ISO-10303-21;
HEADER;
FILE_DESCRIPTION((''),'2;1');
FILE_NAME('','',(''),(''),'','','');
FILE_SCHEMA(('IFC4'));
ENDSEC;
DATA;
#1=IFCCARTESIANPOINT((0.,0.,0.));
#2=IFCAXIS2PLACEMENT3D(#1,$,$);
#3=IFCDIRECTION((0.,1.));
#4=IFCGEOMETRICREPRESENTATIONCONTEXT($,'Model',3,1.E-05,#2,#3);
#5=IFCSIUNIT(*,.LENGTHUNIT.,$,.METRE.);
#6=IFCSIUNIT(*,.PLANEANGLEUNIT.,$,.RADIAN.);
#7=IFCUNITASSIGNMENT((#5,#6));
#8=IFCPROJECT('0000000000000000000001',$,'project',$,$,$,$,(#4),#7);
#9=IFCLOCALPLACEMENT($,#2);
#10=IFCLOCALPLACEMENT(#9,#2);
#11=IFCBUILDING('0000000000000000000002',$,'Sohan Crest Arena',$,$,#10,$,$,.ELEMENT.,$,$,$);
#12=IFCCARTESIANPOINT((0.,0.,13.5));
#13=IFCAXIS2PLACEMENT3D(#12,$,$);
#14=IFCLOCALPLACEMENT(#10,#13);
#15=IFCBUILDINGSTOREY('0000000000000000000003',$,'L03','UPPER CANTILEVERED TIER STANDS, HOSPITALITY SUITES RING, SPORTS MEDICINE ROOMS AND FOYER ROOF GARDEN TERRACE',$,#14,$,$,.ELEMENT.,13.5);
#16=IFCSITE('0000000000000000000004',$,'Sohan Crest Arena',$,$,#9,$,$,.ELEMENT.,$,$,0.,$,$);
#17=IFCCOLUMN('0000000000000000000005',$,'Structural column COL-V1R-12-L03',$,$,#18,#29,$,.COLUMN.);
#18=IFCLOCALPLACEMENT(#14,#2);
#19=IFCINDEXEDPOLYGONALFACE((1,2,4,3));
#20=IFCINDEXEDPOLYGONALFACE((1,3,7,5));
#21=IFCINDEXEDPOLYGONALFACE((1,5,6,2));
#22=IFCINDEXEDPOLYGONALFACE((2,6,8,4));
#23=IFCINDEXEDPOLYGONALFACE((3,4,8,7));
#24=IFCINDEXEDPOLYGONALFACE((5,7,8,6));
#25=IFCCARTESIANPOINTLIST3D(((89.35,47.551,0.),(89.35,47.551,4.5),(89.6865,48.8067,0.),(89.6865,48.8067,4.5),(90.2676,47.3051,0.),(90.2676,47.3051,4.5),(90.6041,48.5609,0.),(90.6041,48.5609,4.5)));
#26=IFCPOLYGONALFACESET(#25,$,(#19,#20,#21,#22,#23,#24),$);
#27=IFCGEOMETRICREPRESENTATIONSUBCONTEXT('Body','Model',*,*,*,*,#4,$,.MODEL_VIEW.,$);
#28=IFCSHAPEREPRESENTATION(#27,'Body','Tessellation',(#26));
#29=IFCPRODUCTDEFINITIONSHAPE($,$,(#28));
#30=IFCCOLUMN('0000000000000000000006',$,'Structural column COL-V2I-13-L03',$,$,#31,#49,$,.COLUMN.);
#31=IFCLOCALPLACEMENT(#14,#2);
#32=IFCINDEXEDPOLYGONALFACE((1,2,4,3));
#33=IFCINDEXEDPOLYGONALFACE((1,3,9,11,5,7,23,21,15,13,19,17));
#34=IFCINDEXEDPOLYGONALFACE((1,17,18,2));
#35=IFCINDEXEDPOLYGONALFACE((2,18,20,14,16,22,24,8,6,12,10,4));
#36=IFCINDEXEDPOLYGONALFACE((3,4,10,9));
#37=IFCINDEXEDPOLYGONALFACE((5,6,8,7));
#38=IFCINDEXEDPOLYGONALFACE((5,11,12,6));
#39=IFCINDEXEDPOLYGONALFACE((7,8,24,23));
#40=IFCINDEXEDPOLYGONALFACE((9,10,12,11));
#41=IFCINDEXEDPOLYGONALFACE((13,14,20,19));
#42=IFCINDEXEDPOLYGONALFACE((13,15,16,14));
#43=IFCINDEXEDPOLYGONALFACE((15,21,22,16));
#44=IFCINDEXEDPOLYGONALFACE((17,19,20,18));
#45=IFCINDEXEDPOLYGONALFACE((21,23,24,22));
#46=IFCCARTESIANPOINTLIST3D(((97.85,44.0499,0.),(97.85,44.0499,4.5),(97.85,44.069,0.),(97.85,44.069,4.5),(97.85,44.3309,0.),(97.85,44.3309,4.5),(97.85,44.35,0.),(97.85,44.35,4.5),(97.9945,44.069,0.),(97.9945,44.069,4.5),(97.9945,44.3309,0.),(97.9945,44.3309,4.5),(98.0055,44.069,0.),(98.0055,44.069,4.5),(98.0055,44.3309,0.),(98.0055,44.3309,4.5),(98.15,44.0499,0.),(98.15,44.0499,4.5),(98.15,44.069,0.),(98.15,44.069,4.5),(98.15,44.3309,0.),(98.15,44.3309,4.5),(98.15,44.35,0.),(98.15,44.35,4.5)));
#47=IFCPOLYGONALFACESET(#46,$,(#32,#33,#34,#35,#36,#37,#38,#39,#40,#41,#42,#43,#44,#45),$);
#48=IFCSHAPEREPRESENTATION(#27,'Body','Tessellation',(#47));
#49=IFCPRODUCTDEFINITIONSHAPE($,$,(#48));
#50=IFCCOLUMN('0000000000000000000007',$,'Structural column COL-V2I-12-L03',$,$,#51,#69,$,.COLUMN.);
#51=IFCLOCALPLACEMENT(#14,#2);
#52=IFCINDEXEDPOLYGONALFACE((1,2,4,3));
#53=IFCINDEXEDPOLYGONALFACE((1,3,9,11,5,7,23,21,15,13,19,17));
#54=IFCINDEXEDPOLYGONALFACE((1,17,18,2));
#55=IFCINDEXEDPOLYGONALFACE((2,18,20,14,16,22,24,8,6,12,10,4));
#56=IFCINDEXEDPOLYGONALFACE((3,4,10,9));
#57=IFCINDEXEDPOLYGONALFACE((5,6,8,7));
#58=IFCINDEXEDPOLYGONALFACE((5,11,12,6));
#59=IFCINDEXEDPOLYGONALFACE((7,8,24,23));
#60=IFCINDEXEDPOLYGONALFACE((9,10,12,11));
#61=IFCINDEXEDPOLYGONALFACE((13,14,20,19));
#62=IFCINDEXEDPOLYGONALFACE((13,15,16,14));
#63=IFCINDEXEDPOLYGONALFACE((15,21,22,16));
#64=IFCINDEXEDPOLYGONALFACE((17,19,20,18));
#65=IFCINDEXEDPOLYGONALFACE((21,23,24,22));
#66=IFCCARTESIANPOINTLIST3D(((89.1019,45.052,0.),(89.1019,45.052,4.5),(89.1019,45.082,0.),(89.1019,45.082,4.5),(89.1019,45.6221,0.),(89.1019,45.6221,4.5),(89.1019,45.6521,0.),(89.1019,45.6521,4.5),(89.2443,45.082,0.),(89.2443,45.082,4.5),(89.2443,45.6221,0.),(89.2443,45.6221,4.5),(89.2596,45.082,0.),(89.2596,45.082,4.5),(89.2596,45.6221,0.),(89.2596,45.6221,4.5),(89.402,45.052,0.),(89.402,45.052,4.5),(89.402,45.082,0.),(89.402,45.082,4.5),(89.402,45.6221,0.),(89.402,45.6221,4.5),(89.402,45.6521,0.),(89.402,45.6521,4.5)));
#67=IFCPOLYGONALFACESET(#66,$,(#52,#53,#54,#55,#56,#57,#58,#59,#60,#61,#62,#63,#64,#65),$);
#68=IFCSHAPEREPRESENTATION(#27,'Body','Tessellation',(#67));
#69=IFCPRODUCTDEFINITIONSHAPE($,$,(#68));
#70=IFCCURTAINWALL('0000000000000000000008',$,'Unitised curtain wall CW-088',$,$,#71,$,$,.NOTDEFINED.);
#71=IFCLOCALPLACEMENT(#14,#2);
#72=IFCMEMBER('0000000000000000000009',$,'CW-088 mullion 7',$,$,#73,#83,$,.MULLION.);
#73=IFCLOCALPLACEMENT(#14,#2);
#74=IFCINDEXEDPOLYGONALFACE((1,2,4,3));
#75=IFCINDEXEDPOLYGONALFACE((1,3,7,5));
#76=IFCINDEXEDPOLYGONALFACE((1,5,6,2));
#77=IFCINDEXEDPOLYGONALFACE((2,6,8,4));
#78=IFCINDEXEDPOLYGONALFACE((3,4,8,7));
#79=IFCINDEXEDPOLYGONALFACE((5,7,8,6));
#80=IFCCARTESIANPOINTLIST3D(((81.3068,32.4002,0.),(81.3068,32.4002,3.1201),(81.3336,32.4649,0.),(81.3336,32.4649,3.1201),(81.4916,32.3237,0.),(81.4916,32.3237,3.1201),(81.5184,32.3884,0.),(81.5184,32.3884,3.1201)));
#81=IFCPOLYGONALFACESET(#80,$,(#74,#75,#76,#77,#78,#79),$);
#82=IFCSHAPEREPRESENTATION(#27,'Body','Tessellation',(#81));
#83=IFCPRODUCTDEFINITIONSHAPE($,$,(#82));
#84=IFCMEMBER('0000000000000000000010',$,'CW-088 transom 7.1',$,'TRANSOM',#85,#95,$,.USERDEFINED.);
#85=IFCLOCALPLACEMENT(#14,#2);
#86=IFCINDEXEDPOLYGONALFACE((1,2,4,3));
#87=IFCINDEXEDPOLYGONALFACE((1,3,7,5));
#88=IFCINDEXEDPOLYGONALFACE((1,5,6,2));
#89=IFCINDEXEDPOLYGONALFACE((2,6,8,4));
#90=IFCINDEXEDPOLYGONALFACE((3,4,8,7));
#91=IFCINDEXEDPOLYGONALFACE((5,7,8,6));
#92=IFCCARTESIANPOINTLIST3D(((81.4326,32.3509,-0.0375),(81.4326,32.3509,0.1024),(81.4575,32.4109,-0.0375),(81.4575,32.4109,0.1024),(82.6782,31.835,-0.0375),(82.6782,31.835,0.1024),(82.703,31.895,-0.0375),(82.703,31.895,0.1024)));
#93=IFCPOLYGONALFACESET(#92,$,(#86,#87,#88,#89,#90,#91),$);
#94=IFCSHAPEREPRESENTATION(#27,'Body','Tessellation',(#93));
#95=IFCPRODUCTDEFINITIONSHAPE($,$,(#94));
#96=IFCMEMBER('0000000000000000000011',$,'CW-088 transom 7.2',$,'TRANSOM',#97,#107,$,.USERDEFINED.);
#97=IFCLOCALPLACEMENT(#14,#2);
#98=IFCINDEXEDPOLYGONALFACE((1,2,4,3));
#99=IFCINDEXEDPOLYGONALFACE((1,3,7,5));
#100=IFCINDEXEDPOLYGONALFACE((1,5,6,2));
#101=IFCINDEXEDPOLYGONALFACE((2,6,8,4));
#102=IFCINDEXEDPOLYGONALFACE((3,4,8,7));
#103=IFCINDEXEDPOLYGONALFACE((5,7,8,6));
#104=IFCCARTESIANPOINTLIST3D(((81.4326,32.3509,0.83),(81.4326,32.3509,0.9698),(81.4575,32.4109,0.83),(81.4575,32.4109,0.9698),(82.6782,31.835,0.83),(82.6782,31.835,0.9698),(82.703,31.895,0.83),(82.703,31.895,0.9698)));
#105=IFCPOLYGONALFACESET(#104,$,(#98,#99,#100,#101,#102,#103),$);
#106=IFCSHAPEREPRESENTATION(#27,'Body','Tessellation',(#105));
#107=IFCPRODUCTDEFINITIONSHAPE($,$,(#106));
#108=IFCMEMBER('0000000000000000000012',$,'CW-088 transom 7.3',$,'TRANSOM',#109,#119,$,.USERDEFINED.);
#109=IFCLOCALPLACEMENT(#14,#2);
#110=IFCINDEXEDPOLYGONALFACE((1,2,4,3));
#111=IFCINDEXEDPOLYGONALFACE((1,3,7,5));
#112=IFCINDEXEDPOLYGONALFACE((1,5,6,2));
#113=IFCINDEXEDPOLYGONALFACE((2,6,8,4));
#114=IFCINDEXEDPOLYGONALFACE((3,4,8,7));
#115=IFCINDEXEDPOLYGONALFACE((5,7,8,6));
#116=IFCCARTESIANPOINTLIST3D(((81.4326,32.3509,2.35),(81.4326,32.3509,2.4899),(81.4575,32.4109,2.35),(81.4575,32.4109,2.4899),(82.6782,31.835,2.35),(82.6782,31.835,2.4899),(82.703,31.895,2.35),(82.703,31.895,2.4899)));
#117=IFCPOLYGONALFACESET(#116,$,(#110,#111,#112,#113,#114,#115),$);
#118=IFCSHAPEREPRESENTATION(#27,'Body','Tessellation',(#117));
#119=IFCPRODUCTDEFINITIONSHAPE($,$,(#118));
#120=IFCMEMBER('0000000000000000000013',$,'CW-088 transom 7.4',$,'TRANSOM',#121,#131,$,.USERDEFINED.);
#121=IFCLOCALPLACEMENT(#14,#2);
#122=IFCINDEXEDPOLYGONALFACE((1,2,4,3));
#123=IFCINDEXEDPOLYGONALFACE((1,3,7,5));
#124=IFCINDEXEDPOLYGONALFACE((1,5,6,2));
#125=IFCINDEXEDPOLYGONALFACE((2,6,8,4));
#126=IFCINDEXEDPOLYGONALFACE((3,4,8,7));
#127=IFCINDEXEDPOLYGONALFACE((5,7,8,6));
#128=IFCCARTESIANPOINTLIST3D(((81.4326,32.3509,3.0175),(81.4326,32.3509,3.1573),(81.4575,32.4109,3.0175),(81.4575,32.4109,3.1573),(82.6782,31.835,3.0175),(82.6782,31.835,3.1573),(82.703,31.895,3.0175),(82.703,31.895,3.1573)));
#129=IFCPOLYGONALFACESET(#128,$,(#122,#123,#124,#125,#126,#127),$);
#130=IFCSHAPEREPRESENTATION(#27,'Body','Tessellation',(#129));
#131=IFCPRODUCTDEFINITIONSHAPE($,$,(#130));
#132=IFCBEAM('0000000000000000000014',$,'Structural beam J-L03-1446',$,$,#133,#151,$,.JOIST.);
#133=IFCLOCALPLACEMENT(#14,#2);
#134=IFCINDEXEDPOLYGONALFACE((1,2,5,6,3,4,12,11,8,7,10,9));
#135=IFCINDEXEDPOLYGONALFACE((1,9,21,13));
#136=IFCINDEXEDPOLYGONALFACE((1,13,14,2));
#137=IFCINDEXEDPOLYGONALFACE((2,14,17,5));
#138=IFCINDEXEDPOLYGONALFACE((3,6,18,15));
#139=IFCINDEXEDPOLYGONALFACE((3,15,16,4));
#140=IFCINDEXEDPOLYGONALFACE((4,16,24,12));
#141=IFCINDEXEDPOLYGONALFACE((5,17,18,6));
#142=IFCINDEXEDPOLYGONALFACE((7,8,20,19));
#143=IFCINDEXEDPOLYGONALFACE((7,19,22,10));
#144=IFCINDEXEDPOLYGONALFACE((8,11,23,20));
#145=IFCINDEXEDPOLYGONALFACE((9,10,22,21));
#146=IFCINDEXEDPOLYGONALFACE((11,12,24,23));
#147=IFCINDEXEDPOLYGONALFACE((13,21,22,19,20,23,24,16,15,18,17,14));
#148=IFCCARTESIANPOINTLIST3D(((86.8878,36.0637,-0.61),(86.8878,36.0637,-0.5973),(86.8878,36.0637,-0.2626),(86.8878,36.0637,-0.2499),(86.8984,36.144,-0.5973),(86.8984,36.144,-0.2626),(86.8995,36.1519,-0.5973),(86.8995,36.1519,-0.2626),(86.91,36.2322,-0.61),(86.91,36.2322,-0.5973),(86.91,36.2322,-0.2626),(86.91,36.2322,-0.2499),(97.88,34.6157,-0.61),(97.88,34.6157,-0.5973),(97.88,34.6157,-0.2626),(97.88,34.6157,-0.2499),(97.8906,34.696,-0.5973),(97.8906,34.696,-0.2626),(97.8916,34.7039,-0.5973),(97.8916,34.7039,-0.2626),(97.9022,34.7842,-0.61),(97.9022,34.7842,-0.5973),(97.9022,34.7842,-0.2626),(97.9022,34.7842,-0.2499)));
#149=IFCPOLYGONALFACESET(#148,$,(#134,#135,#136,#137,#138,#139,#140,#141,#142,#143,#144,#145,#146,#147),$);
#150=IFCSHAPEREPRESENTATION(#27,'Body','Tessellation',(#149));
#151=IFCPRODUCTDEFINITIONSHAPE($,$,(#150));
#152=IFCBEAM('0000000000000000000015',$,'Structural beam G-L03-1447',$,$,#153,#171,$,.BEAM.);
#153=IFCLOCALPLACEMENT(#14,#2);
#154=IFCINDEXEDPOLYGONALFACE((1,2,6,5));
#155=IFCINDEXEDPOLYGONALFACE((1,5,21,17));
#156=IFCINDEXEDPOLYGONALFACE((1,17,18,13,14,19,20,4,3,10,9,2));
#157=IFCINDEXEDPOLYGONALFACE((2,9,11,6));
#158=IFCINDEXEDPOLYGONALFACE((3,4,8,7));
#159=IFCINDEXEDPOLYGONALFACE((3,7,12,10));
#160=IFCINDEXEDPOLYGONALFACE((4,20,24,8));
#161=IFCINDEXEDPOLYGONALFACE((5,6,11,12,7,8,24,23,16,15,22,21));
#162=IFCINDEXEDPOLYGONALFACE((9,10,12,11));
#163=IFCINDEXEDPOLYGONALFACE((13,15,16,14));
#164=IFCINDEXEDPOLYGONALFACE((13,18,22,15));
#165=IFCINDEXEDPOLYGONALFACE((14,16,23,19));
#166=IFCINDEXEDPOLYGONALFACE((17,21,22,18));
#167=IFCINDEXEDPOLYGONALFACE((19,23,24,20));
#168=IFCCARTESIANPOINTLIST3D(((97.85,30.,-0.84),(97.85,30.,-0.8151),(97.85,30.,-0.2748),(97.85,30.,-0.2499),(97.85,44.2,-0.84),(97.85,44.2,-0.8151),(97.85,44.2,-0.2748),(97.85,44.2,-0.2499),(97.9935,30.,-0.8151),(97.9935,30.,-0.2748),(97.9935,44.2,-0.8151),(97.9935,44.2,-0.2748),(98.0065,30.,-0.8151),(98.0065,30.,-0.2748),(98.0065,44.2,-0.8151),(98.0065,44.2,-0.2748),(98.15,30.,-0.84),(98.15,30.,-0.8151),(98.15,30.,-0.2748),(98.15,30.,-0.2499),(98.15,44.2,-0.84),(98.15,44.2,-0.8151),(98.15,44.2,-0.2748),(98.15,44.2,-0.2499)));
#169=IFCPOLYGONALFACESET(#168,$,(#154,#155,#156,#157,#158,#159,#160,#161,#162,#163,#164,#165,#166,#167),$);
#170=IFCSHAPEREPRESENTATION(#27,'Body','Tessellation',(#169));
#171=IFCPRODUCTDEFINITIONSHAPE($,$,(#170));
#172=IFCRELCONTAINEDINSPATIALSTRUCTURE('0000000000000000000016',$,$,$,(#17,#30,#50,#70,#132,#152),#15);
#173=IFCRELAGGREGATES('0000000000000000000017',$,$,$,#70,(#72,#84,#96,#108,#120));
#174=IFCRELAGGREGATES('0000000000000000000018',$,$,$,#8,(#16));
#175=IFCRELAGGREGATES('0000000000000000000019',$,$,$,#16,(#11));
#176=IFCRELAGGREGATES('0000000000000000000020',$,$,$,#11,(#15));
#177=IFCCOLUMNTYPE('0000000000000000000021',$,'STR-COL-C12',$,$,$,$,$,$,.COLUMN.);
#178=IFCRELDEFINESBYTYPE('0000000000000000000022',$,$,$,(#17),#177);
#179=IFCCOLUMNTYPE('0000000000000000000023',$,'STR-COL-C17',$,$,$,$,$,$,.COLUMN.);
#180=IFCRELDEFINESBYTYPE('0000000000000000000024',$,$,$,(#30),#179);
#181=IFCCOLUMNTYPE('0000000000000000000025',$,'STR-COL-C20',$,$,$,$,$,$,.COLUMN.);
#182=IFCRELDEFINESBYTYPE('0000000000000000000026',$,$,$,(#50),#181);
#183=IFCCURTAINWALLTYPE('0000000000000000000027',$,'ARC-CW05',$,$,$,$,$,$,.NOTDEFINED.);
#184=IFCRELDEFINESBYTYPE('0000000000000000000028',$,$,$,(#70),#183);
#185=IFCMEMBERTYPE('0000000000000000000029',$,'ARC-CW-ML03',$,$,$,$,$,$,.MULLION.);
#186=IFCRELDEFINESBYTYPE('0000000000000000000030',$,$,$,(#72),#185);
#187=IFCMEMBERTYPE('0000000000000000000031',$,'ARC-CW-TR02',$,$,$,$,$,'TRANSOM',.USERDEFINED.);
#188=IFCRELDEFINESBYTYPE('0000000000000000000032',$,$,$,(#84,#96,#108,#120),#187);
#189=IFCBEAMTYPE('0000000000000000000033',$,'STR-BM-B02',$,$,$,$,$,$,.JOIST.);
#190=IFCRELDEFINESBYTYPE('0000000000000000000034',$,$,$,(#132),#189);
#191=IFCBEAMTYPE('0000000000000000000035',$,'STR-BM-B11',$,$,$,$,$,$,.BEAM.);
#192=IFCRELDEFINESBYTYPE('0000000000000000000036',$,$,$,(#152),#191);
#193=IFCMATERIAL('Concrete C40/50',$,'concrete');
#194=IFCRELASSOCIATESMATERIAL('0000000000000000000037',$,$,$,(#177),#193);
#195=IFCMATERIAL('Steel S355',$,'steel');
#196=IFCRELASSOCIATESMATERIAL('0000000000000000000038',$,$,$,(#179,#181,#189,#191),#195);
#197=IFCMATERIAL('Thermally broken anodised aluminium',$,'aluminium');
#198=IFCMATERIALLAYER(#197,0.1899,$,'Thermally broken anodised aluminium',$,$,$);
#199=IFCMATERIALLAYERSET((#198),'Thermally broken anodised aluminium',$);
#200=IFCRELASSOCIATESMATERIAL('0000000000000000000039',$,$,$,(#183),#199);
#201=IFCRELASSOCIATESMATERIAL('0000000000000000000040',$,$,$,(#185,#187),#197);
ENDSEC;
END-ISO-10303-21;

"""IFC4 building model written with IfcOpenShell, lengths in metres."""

from ifc_helpers import new_model, si_unit, direction, frame, origin, origin_2d, place, context, subcontext, project, spatial, rectangle, i_section, extrude, material, layer, layer_set, material_profile, profile_set, type_object, element, aggregate, save


model = new_model("IFC4")

# Units and contexts
model_context = context("Model", 3, precision=1e-05, world=origin(), true_north=direction((0.0, 1.0)))
body_context = subcontext(model_context, "Body", "Model", "MODEL_VIEW")
ifc_project = project(units=[si_unit("LENGTHUNIT", "METRE"), si_unit("PLANEANGLEUNIT", "RADIAN")], contexts=[model_context])

# Site, building, storey
site_placement = place(None, origin())
site = spatial("IfcSite", under=ifc_project, at=site_placement, Name="Sohan Crest Arena", CompositionType="ELEMENT", RefElevation=0.0)
building_placement = place(site_placement, origin())
building = spatial("IfcBuilding", under=site, at=building_placement, Name="Sohan Crest Arena", CompositionType="ELEMENT")
storey_placement = place(building_placement, frame((0.0, 0.0, 13.5)))
storey = spatial("IfcBuildingStorey", under=building, at=storey_placement, Name="L03", Description="UPPER CANTILEVERED TIER STANDS, HOSPITALITY SUITES RING, SPORTS MEDICINE ROOMS AND FOYER ROOF GARDEN TERRACE", CompositionType="ELEMENT", Elevation=13.5)

# Columns
ifc_material_1 = material(Name="Concrete C40/50", Category="concrete")
ifc_material_profile_1 = material_profile(ifc_material_1, rectangle(XDim=1.3, YDim=0.95, at=origin_2d()), Name="RC 1300x950")
ifc_profile_set_1 = profile_set([ifc_material_profile_1], Name="Concrete C40/50")
column_type_1 = type_object("IfcColumnType", Name="STR-COL-C12", PredefinedType="COLUMN", material=ifc_profile_set_1)
column_1_placement = place(storey_placement, frame((89.9771, 48.0559, 0.0), z_axis=(0.0, 0.0, 1.0), x_axis=(0.258819, 0.965926, 0.0)))
element("IfcColumn", 1, at=column_1_placement, inside=storey, type_object=column_type_1, Name="Structural column COL-V1R-12-L03", PredefinedType="COLUMN", context=body_context, shape_type="SweptSolid", body=[
    extrude(rectangle(XDim=1.3, YDim=0.95, at=origin_2d()), origin(), (0.0, 0.0, 1.0), 4.5),
])
ifc_material_2 = material(Name="Steel S355", Category="steel")
ifc_material_profile_2 = material_profile(ifc_material_2, i_section(OverallWidth=0.3, OverallDepth=0.3, WebThickness=0.011, FlangeThickness=0.019, at=origin_2d()), Name="HEB 300")
ifc_profile_set_2 = profile_set([ifc_material_profile_2], Name="Steel S355")
column_type_2 = type_object("IfcColumnType", Name="STR-COL-C17", PredefinedType="COLUMN", material=ifc_profile_set_2)
column_2_placement = place(storey_placement, frame((98.0, 44.2, 0.0), z_axis=(0.0, 0.0, 1.0), x_axis=(1.0, 0.0, 0.0)))
element("IfcColumn", 2, at=column_2_placement, inside=storey, type_object=column_type_2, Name="Structural column COL-V2I-13-L03", PredefinedType="COLUMN", context=body_context, shape_type="SweptSolid", body=[
    extrude(i_section(OverallWidth=0.3, OverallDepth=0.3, WebThickness=0.011, FlangeThickness=0.019, at=origin_2d()), origin(), (0.0, 0.0, 1.0), 4.5),
])
ifc_material_profile_3 = material_profile(ifc_material_2, i_section(OverallWidth=0.3, OverallDepth=0.6001, WebThickness=0.0154, FlangeThickness=0.03, at=origin_2d()), Name="HEB 600")
ifc_profile_set_3 = profile_set([ifc_material_profile_3], Name="Steel S355")
column_type_3 = type_object("IfcColumnType", Name="STR-COL-C20", PredefinedType="COLUMN", material=ifc_profile_set_3)
column_3_placement = place(storey_placement, frame((89.252, 45.3521, 0.0), z_axis=(0.0, 0.0, 1.0), x_axis=(1.0, 0.0, 0.0)))
element("IfcColumn", 3, at=column_3_placement, inside=storey, type_object=column_type_3, Name="Structural column COL-V2I-12-L03", PredefinedType="COLUMN", context=body_context, shape_type="SweptSolid", body=[
    extrude(i_section(OverallWidth=0.3, OverallDepth=0.6001, WebThickness=0.0154, FlangeThickness=0.03, at=origin_2d()), origin(), (0.0, 0.0, 1.0), 4.5),
])

# Curtain wall, members
ifc_material_3 = material(Name="Thermally broken anodised aluminium", Category="aluminium")
ifc_layer_1 = layer(ifc_material_3, 0.1899, Name="Thermally broken anodised aluminium")
ifc_layer_set_1 = layer_set([ifc_layer_1], Name="Thermally broken anodised aluminium")
curtain_wall_type = type_object("IfcCurtainWallType", Name="ARC-CW05", PredefinedType="NOTDEFINED", material=ifc_layer_set_1)
curtain_wall_placement = place(storey_placement, origin())
curtain_wall = element("IfcCurtainWall", 4, at=curtain_wall_placement, inside=storey, type_object=curtain_wall_type, Name="Unitised curtain wall CW-088", PredefinedType="NOTDEFINED")
ifc_material_profile_4 = material_profile(ifc_material_3, rectangle(XDim=0.0701, YDim=0.2, at=origin_2d()), Name="ALU-MULL 70x200")
ifc_profile_set_4 = profile_set([ifc_material_profile_4], Name="Thermally broken anodised aluminium")
member_type_1 = type_object("IfcMemberType", Name="ARC-CW-ML03", PredefinedType="MULLION", material=ifc_profile_set_4)
member_1_placement = place(storey_placement, frame((81.4126, 32.3943, 0.0), z_axis=(0.0, 0.0, 1.0), x_axis=(0.382668, 0.923886, 0.0)))
member_1 = element("IfcMember", 5, at=member_1_placement, type_object=member_type_1, Name="CW-088 mullion 7", PredefinedType="MULLION", context=body_context, shape_type="SweptSolid", body=[
    extrude(rectangle(XDim=0.0701, YDim=0.2, at=origin_2d()), origin(), (0.0, 0.0, 1.0), 3.1201),
])
ifc_material_profile_5 = material_profile(ifc_material_3, rectangle(XDim=0.0649, YDim=0.1399, at=origin_2d()), Name="ALU-TRAN 65x140")
ifc_profile_set_5 = profile_set([ifc_material_profile_5], Name="Thermally broken anodised aluminium")
member_type_2 = type_object("IfcMemberType", Name="ARC-CW-TR02", ElementType="TRANSOM", PredefinedType="USERDEFINED", material=ifc_profile_set_5)
member_2_placement = place(storey_placement, frame((81.4451, 32.3809, 0.0325), z_axis=(0.9239, -0.382634, 0.0), x_axis=(0.382634, 0.9239, 0.0)))
member_2 = element("IfcMember", 6, at=member_2_placement, type_object=member_type_2, Name="CW-088 transom 7.1", ObjectType="TRANSOM", PredefinedType="USERDEFINED", context=body_context, shape_type="SweptSolid", body=[
    extrude(rectangle(XDim=0.0649, YDim=0.1399, at=origin_2d()), origin(), (0.0, 0.0, 1.0), 1.3481),
])
member_3_placement = place(storey_placement, frame((81.4451, 32.3809, 0.8999), z_axis=(0.9239, -0.382634, 0.0), x_axis=(0.382634, 0.9239, 0.0)))
member_3 = element("IfcMember", 7, at=member_3_placement, type_object=member_type_2, Name="CW-088 transom 7.2", ObjectType="TRANSOM", PredefinedType="USERDEFINED", context=body_context, shape_type="SweptSolid", body=[
    extrude(rectangle(XDim=0.0649, YDim=0.1399, at=origin_2d()), origin(), (0.0, 0.0, 1.0), 1.3481),
])
member_4_placement = place(storey_placement, frame((81.4451, 32.3809, 2.4199), z_axis=(0.9239, -0.382634, 0.0), x_axis=(0.382634, 0.9239, 0.0)))
member_4 = element("IfcMember", 8, at=member_4_placement, type_object=member_type_2, Name="CW-088 transom 7.3", ObjectType="TRANSOM", PredefinedType="USERDEFINED", context=body_context, shape_type="SweptSolid", body=[
    extrude(rectangle(XDim=0.0649, YDim=0.1399, at=origin_2d()), origin(), (0.0, 0.0, 1.0), 1.3481),
])
member_5_placement = place(storey_placement, frame((81.4451, 32.3809, 3.0874), z_axis=(0.9239, -0.382634, 0.0), x_axis=(0.382634, 0.9239, 0.0)))
member_5 = element("IfcMember", 9, at=member_5_placement, type_object=member_type_2, Name="CW-088 transom 7.4", ObjectType="TRANSOM", PredefinedType="USERDEFINED", context=body_context, shape_type="SweptSolid", body=[
    extrude(rectangle(XDim=0.0649, YDim=0.1399, at=origin_2d()), origin(), (0.0, 0.0, 1.0), 1.3481),
])

# Beams
ifc_material_profile_6 = material_profile(ifc_material_2, i_section(OverallWidth=0.1699, OverallDepth=0.3601, WebThickness=0.0081, FlangeThickness=0.0127, at=origin_2d()), Name="IPE 360")
ifc_profile_set_6 = profile_set([ifc_material_profile_6], Name="Steel S355")
beam_type_1 = type_object("IfcBeamType", Name="STR-BM-B02", PredefinedType="JOIST", material=ifc_profile_set_6)
beam_1_placement = place(storey_placement, frame((86.8989, 36.1479, -0.4299), z_axis=(0.991435, -0.130601, 0.0), x_axis=(0.130601, 0.991435, 0.0)))
element("IfcBeam", 10, at=beam_1_placement, inside=storey, type_object=beam_type_1, Name="Structural beam J-L03-1446", PredefinedType="JOIST", context=body_context, shape_type="SweptSolid", body=[
    extrude(i_section(OverallWidth=0.1699, OverallDepth=0.3601, WebThickness=0.0081, FlangeThickness=0.0127, at=origin_2d()), origin(), (0.0, 0.0, 1.0), 11.0872),
])
ifc_material_profile_7 = material_profile(ifc_material_2, i_section(OverallWidth=0.3, OverallDepth=0.5901, WebThickness=0.0129, FlangeThickness=0.0249, at=origin_2d()), Name="HEA 600")
ifc_profile_set_7 = profile_set([ifc_material_profile_7], Name="Steel S355")
beam_type_2 = type_object("IfcBeamType", Name="STR-BM-B11", PredefinedType="BEAM", material=ifc_profile_set_7)
beam_2_placement = place(storey_placement, frame((98.0, 44.2, -0.5449), z_axis=(0.0, -1.0, 0.0), x_axis=(1.0, 0.0, 0.0)))
element("IfcBeam", 11, at=beam_2_placement, inside=storey, type_object=beam_type_2, Name="Structural beam G-L03-1447", PredefinedType="BEAM", context=body_context, shape_type="SweptSolid", body=[
    extrude(i_section(OverallWidth=0.3, OverallDepth=0.5901, WebThickness=0.0129, FlangeThickness=0.0249, at=origin_2d()), origin(), (0.0, 0.0, 1.0), 14.2),
])

aggregate(curtain_wall, [member_1, member_2, member_3, member_4, member_5])

save(model, "model.ifc")
